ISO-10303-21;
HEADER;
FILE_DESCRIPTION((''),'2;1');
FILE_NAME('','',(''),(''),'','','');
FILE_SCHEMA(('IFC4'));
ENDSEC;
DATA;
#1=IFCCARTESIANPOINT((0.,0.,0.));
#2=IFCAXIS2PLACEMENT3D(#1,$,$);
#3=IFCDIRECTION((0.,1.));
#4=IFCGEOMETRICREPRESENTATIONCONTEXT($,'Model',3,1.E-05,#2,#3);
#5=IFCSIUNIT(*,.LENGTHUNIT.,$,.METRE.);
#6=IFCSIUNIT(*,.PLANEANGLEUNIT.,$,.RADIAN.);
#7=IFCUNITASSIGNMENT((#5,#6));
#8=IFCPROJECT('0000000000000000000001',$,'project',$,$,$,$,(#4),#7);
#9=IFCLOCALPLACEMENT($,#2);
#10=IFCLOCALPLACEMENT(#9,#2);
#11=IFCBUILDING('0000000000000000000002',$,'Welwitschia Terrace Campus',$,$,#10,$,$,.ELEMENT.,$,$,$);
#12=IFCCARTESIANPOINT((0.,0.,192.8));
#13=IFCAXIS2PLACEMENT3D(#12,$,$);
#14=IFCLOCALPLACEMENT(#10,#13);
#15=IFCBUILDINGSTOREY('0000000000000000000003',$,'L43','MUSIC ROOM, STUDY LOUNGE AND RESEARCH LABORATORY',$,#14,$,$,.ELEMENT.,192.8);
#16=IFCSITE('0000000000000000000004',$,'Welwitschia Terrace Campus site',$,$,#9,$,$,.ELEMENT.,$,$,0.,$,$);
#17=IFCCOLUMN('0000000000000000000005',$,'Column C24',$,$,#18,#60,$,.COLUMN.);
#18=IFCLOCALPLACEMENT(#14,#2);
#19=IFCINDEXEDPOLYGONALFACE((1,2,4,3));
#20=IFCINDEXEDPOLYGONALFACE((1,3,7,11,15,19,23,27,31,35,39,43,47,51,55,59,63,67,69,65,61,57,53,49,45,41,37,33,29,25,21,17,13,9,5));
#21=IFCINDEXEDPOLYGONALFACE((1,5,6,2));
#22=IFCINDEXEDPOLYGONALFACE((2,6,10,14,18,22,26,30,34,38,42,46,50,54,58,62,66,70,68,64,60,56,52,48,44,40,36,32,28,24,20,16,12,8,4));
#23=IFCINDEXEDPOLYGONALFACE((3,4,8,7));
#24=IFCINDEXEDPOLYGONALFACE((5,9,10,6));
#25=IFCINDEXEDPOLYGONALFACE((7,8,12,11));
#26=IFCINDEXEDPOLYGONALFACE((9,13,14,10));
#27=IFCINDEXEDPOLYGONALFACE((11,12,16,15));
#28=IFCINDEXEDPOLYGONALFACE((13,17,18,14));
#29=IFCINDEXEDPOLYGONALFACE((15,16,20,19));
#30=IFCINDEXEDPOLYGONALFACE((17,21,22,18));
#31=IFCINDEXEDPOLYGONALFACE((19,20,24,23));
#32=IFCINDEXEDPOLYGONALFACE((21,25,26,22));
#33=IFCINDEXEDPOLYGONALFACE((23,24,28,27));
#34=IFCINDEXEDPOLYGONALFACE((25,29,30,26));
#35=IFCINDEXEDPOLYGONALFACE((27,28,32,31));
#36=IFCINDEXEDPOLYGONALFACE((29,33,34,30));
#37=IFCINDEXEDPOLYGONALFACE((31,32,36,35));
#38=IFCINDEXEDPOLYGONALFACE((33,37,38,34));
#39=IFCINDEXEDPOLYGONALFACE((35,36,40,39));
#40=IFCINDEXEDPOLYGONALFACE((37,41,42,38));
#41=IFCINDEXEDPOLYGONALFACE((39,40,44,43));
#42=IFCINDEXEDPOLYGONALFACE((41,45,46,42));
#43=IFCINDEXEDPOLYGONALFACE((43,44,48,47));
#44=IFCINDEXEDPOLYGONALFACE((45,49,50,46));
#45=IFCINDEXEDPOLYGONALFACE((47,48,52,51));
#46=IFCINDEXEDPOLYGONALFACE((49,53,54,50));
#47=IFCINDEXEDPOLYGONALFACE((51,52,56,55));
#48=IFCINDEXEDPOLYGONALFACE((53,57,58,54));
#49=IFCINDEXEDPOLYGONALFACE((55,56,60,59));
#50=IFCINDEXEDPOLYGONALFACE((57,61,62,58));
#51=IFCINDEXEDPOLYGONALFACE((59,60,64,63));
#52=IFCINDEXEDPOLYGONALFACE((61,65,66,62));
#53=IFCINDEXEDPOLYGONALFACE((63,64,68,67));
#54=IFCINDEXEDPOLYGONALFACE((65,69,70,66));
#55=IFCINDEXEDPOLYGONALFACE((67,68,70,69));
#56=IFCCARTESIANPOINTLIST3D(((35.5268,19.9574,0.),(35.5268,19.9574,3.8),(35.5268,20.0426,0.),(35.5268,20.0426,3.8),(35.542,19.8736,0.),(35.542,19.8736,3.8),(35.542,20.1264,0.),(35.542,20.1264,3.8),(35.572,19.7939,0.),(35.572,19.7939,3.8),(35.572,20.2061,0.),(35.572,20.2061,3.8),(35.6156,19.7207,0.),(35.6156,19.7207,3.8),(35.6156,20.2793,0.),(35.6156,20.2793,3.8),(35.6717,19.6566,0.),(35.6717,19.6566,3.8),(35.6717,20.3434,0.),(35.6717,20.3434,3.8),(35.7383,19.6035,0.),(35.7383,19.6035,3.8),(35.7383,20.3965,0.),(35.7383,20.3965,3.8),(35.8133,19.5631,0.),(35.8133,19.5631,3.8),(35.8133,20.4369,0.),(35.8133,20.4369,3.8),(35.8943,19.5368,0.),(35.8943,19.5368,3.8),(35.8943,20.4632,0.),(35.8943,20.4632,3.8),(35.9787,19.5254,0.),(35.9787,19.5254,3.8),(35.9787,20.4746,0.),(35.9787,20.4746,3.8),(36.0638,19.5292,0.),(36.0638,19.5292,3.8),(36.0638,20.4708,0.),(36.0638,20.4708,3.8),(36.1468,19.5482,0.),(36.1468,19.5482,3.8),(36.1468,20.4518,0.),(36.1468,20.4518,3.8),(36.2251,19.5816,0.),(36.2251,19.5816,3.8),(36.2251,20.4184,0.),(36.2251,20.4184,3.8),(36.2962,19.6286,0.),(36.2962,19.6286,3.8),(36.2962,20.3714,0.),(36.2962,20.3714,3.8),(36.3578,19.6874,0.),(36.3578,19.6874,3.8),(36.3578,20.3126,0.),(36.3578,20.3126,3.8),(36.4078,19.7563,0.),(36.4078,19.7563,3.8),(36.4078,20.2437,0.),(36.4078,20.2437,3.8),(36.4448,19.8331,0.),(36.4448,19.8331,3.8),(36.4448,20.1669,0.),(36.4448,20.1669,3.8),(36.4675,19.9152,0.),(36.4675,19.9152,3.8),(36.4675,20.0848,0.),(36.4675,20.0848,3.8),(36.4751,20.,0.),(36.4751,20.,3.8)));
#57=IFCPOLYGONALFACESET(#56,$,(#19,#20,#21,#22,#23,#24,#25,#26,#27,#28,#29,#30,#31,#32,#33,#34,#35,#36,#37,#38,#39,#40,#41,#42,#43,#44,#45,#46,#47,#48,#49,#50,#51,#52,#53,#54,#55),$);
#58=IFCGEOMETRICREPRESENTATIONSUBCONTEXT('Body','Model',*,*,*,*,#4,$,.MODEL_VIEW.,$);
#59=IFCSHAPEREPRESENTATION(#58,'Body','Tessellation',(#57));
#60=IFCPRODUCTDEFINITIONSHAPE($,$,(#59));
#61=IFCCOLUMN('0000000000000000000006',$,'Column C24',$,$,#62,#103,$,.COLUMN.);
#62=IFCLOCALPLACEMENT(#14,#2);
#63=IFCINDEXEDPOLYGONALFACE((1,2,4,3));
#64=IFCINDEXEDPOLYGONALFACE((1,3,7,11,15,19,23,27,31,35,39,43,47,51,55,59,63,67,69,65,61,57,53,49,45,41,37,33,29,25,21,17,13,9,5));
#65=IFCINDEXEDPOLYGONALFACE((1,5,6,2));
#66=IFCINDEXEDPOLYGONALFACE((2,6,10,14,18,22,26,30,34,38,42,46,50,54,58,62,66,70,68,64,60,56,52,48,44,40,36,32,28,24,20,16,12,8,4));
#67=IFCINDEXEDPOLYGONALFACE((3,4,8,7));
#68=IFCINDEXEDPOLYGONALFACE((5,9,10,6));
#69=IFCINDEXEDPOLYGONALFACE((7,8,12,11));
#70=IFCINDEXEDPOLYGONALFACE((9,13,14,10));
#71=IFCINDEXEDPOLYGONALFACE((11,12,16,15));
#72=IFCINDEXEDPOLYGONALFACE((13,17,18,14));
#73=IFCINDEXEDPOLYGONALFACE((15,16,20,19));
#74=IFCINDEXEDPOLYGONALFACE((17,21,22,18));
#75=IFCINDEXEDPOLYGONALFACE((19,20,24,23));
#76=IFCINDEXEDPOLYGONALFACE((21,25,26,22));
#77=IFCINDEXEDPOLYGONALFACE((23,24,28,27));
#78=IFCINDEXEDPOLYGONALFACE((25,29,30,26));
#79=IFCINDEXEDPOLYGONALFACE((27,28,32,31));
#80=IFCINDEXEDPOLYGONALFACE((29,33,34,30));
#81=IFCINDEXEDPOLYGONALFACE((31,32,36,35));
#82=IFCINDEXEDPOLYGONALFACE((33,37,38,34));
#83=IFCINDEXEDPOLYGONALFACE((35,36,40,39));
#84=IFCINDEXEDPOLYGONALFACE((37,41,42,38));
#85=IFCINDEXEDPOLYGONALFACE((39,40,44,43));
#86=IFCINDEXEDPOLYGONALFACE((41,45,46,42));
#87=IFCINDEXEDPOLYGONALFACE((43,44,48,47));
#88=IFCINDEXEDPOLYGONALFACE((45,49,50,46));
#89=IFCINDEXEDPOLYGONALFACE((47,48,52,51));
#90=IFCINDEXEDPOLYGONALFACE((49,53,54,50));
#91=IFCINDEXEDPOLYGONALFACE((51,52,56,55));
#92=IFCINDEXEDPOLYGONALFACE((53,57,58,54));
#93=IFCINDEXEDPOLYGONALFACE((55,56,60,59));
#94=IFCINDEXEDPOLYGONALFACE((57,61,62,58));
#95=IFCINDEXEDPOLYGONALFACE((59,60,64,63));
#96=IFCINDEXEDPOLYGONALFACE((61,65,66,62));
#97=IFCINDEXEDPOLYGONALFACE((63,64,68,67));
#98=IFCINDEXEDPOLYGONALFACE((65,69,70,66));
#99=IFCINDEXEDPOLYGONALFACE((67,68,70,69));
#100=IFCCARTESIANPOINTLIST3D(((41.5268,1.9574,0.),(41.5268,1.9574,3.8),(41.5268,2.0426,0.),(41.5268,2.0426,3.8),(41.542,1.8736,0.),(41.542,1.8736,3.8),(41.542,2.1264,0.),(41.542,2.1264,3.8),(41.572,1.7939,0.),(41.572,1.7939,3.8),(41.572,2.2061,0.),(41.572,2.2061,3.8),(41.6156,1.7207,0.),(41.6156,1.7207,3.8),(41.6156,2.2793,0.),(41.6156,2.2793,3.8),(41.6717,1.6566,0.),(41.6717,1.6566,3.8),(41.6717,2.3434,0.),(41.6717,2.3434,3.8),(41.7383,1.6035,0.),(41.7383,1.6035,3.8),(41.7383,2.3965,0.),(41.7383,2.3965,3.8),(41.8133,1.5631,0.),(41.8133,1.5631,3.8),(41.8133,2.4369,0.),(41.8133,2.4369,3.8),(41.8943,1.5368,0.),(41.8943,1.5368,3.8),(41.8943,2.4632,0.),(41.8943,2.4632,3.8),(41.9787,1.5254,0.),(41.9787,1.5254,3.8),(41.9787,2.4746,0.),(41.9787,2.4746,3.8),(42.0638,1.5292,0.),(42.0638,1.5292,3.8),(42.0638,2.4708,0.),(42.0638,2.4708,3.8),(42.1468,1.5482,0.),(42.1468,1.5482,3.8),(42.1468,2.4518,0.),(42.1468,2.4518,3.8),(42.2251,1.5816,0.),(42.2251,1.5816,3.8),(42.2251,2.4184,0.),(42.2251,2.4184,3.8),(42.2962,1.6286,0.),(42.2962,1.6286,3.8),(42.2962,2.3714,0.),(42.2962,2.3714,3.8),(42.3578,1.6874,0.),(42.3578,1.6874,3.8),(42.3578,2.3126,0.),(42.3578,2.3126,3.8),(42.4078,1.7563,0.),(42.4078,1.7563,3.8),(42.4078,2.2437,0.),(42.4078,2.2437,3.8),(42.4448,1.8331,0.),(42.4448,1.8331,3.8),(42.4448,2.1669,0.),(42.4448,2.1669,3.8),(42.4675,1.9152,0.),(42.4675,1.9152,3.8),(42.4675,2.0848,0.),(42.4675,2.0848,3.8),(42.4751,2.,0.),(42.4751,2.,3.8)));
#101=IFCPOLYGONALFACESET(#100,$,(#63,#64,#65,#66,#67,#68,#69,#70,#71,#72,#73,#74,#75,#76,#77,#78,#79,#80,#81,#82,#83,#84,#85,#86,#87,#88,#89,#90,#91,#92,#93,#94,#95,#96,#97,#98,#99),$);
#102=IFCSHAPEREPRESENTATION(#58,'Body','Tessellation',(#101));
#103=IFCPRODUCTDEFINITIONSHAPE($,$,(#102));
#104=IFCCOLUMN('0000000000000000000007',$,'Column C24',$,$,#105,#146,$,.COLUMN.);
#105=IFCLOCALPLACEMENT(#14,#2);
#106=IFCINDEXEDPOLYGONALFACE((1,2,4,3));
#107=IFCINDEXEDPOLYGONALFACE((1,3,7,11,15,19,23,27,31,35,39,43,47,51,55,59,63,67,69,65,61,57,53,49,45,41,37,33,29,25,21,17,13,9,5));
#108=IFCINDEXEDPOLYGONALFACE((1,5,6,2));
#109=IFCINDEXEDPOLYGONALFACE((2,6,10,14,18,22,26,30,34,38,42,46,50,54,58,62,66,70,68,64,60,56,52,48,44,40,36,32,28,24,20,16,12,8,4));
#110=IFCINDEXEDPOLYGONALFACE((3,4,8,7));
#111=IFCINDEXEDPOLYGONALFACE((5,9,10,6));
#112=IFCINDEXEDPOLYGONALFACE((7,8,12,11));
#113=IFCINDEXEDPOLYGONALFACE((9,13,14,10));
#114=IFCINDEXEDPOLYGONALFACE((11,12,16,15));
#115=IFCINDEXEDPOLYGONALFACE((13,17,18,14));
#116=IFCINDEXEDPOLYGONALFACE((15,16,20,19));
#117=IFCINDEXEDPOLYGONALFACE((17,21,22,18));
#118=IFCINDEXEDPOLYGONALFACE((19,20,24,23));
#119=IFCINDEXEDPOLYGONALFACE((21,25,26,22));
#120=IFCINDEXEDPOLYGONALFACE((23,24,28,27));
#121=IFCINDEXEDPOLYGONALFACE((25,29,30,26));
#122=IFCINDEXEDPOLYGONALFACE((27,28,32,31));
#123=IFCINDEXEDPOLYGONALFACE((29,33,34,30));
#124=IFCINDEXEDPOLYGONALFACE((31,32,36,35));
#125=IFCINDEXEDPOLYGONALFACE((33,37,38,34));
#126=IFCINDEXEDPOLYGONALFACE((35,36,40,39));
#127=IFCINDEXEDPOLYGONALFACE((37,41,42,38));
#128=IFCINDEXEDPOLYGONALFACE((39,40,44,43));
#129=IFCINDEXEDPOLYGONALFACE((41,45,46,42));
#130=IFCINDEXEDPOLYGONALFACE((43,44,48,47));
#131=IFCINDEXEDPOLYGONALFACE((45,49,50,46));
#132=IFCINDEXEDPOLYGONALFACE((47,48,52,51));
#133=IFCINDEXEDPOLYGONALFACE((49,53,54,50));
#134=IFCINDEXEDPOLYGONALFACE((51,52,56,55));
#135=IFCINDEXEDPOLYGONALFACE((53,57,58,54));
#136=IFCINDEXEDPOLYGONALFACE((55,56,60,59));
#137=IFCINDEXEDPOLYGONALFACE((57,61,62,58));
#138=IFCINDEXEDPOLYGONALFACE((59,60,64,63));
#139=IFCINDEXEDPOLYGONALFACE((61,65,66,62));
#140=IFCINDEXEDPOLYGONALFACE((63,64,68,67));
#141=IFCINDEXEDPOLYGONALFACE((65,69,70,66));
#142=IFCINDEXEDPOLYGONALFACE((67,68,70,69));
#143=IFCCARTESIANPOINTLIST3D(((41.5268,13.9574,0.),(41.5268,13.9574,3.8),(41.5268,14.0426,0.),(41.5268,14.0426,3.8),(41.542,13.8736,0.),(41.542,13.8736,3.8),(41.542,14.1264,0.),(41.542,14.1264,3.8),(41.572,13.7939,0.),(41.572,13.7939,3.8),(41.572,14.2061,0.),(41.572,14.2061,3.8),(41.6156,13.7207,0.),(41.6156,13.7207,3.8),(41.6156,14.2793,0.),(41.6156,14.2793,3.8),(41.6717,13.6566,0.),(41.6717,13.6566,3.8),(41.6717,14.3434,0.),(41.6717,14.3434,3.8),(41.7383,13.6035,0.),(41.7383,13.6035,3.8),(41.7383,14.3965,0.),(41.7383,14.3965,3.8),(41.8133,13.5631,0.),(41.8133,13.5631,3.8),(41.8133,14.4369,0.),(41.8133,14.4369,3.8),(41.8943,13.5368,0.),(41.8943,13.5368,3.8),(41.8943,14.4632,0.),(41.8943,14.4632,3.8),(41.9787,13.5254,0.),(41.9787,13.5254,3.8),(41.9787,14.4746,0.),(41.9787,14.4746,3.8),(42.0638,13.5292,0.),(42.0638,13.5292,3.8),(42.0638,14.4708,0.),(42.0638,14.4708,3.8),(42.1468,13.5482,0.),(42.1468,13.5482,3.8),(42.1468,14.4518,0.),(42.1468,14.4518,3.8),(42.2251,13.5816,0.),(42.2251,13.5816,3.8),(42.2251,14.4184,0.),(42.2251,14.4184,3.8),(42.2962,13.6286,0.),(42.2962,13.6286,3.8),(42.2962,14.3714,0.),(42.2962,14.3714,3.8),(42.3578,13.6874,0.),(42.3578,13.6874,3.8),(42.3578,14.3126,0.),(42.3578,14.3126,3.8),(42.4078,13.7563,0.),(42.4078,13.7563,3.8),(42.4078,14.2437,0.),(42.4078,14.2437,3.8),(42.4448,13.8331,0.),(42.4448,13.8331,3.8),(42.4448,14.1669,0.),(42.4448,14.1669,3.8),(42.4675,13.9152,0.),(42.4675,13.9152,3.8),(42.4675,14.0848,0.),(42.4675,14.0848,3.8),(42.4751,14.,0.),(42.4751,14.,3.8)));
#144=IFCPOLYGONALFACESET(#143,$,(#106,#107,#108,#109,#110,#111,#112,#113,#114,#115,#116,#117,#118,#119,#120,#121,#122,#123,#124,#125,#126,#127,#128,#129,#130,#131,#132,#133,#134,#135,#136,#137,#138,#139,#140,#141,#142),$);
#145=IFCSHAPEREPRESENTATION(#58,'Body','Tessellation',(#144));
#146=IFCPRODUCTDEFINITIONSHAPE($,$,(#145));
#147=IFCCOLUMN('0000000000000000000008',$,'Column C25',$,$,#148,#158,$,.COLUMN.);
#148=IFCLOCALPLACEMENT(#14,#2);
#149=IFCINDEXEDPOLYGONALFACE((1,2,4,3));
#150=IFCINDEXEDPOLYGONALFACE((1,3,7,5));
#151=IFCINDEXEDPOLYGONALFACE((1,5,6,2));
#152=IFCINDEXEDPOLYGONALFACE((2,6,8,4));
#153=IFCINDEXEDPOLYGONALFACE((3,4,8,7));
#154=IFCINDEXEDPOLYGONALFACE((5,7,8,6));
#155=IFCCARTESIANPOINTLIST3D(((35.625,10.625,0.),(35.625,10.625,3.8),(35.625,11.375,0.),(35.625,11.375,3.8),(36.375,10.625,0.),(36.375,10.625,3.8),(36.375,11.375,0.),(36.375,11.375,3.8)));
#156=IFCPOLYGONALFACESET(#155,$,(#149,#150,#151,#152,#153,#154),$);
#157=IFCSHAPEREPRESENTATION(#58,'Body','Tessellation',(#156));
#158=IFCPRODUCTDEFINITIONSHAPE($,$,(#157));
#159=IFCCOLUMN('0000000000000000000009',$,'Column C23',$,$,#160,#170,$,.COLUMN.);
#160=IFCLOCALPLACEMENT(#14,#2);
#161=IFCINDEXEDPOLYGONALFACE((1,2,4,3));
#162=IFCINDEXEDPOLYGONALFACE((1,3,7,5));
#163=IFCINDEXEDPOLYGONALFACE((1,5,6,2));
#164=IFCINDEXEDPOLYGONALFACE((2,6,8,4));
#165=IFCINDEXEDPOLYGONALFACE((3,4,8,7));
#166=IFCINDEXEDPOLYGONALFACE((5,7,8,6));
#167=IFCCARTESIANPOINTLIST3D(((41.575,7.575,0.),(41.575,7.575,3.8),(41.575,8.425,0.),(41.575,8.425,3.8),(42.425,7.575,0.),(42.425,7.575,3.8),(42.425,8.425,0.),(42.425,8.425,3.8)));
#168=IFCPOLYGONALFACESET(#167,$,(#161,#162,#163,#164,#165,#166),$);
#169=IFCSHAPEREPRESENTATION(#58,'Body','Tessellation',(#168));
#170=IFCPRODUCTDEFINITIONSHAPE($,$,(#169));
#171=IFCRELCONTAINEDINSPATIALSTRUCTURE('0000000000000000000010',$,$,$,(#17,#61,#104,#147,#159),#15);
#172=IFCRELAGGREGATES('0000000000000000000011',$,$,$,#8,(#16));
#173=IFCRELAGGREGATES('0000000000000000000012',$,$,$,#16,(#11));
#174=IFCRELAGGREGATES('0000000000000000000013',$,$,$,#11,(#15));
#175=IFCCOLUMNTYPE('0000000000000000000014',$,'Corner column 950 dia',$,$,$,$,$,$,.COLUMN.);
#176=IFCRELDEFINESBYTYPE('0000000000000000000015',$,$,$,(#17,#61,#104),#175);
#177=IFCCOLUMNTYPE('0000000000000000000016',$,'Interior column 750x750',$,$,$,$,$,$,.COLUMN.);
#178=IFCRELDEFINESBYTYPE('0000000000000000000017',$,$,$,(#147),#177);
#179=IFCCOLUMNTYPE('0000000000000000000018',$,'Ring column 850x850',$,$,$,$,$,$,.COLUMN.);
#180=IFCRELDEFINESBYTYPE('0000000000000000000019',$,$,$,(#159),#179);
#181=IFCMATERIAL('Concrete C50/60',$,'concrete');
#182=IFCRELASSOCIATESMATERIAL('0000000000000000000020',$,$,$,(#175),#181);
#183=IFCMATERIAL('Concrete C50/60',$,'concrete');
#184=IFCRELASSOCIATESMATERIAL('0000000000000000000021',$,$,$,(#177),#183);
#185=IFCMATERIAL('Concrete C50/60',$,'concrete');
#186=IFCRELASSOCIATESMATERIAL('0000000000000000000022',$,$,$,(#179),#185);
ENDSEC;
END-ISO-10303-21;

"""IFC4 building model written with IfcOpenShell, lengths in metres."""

from ifc_helpers import new_model, si_unit, direction, frame, origin, origin_2d, place, context, subcontext, project, spatial, rectangle, circle, extrude, material, material_profile, profile_set, type_object, element, save


model = new_model("IFC4")

# Units and contexts
model_context = context("Model", 3, precision=1e-05, world=origin(), true_north=direction((0.0, 1.0)))
body_context = subcontext(model_context, "Body", "Model", "MODEL_VIEW")
ifc_project = project(units=[si_unit("LENGTHUNIT", "METRE"), si_unit("PLANEANGLEUNIT", "RADIAN")], contexts=[model_context])

# Site, building, storey
site_placement = place(None, origin())
site = spatial("IfcSite", under=ifc_project, at=site_placement, Name="Welwitschia Terrace Campus site", CompositionType="ELEMENT", RefElevation=0.0)
building_placement = place(site_placement, origin())
building = spatial("IfcBuilding", under=site, at=building_placement, Name="Welwitschia Terrace Campus", CompositionType="ELEMENT")
storey_placement = place(building_placement, frame((0.0, 0.0, 192.8)))
storey = spatial("IfcBuildingStorey", under=building, at=storey_placement, Name="L43", Description="MUSIC ROOM, STUDY LOUNGE AND RESEARCH LABORATORY", CompositionType="ELEMENT", Elevation=192.8)

# Columns
ifc_material_1 = material(Name="Concrete C50/60", Category="concrete")
ifc_material_profile_1 = material_profile(ifc_material_1, circle(Radius=0.4751, at=origin_2d()))
ifc_profile_set_1 = profile_set([ifc_material_profile_1], Name="Concrete C50/60")
column_type_1 = type_object("IfcColumnType", Name="Corner column 950 dia", PredefinedType="COLUMN", material=ifc_profile_set_1)
for number, where, z_axis, x_axis, name in (
    (1, (36.0, 20.0, 0.0), (0.0, 0.0, 1.0), (1.0, 0.0, 0.0), "Column C24"),
    (2, (42.0, 2.0, 0.0), (0.0, 0.0, 1.0), (1.0, 0.0, 0.0), "Column C24"),
    (3, (42.0, 14.0, 0.0), (0.0, 0.0, 1.0), (1.0, 0.0, 0.0), "Column C24"),
):
    element("IfcColumn", number, at=place(storey_placement, frame(where, z_axis=z_axis, x_axis=x_axis)), inside=storey, type_object=column_type_1, Name=name, PredefinedType="COLUMN", context=body_context, shape_type="SweptSolid", body=[
        extrude(circle(Radius=0.4751, at=origin_2d()), origin(), (0.0, 0.0, 1.0), 3.8),
    ])
ifc_material_2 = material(Name="Concrete C50/60", Category="concrete")
ifc_material_profile_2 = material_profile(ifc_material_2, rectangle(XDim=0.75, YDim=0.75, at=origin_2d()))
ifc_profile_set_2 = profile_set([ifc_material_profile_2], Name="Concrete C50/60")
column_type_2 = type_object("IfcColumnType", Name="Interior column 750x750", PredefinedType="COLUMN", material=ifc_profile_set_2)
column_1_placement = place(storey_placement, frame((36.0, 11.0, 0.0), z_axis=(0.0, 0.0, 1.0), x_axis=(1.0, 0.0, 0.0)))
element("IfcColumn", 4, at=column_1_placement, inside=storey, type_object=column_type_2, Name="Column C25", PredefinedType="COLUMN", context=body_context, shape_type="SweptSolid", body=[
    extrude(rectangle(XDim=0.75, YDim=0.75, at=origin_2d()), origin(), (0.0, 0.0, 1.0), 3.8),
])
ifc_material_3 = material(Name="Concrete C50/60", Category="concrete")
ifc_material_profile_3 = material_profile(ifc_material_3, rectangle(XDim=0.8501, YDim=0.8501, at=origin_2d()))
ifc_profile_set_3 = profile_set([ifc_material_profile_3], Name="Concrete C50/60")
column_type_3 = type_object("IfcColumnType", Name="Ring column 850x850", PredefinedType="COLUMN", material=ifc_profile_set_3)
column_2_placement = place(storey_placement, frame((42.0, 8.0, 0.0), z_axis=(0.0, 0.0, 1.0), x_axis=(1.0, 0.0, 0.0)))
element("IfcColumn", 5, at=column_2_placement, inside=storey, type_object=column_type_3, Name="Column C23", PredefinedType="COLUMN", context=body_context, shape_type="SweptSolid", body=[
    extrude(rectangle(XDim=0.8501, YDim=0.8501, at=origin_2d()), origin(), (0.0, 0.0, 1.0), 3.8),
])

save(model, "model.ifc")
